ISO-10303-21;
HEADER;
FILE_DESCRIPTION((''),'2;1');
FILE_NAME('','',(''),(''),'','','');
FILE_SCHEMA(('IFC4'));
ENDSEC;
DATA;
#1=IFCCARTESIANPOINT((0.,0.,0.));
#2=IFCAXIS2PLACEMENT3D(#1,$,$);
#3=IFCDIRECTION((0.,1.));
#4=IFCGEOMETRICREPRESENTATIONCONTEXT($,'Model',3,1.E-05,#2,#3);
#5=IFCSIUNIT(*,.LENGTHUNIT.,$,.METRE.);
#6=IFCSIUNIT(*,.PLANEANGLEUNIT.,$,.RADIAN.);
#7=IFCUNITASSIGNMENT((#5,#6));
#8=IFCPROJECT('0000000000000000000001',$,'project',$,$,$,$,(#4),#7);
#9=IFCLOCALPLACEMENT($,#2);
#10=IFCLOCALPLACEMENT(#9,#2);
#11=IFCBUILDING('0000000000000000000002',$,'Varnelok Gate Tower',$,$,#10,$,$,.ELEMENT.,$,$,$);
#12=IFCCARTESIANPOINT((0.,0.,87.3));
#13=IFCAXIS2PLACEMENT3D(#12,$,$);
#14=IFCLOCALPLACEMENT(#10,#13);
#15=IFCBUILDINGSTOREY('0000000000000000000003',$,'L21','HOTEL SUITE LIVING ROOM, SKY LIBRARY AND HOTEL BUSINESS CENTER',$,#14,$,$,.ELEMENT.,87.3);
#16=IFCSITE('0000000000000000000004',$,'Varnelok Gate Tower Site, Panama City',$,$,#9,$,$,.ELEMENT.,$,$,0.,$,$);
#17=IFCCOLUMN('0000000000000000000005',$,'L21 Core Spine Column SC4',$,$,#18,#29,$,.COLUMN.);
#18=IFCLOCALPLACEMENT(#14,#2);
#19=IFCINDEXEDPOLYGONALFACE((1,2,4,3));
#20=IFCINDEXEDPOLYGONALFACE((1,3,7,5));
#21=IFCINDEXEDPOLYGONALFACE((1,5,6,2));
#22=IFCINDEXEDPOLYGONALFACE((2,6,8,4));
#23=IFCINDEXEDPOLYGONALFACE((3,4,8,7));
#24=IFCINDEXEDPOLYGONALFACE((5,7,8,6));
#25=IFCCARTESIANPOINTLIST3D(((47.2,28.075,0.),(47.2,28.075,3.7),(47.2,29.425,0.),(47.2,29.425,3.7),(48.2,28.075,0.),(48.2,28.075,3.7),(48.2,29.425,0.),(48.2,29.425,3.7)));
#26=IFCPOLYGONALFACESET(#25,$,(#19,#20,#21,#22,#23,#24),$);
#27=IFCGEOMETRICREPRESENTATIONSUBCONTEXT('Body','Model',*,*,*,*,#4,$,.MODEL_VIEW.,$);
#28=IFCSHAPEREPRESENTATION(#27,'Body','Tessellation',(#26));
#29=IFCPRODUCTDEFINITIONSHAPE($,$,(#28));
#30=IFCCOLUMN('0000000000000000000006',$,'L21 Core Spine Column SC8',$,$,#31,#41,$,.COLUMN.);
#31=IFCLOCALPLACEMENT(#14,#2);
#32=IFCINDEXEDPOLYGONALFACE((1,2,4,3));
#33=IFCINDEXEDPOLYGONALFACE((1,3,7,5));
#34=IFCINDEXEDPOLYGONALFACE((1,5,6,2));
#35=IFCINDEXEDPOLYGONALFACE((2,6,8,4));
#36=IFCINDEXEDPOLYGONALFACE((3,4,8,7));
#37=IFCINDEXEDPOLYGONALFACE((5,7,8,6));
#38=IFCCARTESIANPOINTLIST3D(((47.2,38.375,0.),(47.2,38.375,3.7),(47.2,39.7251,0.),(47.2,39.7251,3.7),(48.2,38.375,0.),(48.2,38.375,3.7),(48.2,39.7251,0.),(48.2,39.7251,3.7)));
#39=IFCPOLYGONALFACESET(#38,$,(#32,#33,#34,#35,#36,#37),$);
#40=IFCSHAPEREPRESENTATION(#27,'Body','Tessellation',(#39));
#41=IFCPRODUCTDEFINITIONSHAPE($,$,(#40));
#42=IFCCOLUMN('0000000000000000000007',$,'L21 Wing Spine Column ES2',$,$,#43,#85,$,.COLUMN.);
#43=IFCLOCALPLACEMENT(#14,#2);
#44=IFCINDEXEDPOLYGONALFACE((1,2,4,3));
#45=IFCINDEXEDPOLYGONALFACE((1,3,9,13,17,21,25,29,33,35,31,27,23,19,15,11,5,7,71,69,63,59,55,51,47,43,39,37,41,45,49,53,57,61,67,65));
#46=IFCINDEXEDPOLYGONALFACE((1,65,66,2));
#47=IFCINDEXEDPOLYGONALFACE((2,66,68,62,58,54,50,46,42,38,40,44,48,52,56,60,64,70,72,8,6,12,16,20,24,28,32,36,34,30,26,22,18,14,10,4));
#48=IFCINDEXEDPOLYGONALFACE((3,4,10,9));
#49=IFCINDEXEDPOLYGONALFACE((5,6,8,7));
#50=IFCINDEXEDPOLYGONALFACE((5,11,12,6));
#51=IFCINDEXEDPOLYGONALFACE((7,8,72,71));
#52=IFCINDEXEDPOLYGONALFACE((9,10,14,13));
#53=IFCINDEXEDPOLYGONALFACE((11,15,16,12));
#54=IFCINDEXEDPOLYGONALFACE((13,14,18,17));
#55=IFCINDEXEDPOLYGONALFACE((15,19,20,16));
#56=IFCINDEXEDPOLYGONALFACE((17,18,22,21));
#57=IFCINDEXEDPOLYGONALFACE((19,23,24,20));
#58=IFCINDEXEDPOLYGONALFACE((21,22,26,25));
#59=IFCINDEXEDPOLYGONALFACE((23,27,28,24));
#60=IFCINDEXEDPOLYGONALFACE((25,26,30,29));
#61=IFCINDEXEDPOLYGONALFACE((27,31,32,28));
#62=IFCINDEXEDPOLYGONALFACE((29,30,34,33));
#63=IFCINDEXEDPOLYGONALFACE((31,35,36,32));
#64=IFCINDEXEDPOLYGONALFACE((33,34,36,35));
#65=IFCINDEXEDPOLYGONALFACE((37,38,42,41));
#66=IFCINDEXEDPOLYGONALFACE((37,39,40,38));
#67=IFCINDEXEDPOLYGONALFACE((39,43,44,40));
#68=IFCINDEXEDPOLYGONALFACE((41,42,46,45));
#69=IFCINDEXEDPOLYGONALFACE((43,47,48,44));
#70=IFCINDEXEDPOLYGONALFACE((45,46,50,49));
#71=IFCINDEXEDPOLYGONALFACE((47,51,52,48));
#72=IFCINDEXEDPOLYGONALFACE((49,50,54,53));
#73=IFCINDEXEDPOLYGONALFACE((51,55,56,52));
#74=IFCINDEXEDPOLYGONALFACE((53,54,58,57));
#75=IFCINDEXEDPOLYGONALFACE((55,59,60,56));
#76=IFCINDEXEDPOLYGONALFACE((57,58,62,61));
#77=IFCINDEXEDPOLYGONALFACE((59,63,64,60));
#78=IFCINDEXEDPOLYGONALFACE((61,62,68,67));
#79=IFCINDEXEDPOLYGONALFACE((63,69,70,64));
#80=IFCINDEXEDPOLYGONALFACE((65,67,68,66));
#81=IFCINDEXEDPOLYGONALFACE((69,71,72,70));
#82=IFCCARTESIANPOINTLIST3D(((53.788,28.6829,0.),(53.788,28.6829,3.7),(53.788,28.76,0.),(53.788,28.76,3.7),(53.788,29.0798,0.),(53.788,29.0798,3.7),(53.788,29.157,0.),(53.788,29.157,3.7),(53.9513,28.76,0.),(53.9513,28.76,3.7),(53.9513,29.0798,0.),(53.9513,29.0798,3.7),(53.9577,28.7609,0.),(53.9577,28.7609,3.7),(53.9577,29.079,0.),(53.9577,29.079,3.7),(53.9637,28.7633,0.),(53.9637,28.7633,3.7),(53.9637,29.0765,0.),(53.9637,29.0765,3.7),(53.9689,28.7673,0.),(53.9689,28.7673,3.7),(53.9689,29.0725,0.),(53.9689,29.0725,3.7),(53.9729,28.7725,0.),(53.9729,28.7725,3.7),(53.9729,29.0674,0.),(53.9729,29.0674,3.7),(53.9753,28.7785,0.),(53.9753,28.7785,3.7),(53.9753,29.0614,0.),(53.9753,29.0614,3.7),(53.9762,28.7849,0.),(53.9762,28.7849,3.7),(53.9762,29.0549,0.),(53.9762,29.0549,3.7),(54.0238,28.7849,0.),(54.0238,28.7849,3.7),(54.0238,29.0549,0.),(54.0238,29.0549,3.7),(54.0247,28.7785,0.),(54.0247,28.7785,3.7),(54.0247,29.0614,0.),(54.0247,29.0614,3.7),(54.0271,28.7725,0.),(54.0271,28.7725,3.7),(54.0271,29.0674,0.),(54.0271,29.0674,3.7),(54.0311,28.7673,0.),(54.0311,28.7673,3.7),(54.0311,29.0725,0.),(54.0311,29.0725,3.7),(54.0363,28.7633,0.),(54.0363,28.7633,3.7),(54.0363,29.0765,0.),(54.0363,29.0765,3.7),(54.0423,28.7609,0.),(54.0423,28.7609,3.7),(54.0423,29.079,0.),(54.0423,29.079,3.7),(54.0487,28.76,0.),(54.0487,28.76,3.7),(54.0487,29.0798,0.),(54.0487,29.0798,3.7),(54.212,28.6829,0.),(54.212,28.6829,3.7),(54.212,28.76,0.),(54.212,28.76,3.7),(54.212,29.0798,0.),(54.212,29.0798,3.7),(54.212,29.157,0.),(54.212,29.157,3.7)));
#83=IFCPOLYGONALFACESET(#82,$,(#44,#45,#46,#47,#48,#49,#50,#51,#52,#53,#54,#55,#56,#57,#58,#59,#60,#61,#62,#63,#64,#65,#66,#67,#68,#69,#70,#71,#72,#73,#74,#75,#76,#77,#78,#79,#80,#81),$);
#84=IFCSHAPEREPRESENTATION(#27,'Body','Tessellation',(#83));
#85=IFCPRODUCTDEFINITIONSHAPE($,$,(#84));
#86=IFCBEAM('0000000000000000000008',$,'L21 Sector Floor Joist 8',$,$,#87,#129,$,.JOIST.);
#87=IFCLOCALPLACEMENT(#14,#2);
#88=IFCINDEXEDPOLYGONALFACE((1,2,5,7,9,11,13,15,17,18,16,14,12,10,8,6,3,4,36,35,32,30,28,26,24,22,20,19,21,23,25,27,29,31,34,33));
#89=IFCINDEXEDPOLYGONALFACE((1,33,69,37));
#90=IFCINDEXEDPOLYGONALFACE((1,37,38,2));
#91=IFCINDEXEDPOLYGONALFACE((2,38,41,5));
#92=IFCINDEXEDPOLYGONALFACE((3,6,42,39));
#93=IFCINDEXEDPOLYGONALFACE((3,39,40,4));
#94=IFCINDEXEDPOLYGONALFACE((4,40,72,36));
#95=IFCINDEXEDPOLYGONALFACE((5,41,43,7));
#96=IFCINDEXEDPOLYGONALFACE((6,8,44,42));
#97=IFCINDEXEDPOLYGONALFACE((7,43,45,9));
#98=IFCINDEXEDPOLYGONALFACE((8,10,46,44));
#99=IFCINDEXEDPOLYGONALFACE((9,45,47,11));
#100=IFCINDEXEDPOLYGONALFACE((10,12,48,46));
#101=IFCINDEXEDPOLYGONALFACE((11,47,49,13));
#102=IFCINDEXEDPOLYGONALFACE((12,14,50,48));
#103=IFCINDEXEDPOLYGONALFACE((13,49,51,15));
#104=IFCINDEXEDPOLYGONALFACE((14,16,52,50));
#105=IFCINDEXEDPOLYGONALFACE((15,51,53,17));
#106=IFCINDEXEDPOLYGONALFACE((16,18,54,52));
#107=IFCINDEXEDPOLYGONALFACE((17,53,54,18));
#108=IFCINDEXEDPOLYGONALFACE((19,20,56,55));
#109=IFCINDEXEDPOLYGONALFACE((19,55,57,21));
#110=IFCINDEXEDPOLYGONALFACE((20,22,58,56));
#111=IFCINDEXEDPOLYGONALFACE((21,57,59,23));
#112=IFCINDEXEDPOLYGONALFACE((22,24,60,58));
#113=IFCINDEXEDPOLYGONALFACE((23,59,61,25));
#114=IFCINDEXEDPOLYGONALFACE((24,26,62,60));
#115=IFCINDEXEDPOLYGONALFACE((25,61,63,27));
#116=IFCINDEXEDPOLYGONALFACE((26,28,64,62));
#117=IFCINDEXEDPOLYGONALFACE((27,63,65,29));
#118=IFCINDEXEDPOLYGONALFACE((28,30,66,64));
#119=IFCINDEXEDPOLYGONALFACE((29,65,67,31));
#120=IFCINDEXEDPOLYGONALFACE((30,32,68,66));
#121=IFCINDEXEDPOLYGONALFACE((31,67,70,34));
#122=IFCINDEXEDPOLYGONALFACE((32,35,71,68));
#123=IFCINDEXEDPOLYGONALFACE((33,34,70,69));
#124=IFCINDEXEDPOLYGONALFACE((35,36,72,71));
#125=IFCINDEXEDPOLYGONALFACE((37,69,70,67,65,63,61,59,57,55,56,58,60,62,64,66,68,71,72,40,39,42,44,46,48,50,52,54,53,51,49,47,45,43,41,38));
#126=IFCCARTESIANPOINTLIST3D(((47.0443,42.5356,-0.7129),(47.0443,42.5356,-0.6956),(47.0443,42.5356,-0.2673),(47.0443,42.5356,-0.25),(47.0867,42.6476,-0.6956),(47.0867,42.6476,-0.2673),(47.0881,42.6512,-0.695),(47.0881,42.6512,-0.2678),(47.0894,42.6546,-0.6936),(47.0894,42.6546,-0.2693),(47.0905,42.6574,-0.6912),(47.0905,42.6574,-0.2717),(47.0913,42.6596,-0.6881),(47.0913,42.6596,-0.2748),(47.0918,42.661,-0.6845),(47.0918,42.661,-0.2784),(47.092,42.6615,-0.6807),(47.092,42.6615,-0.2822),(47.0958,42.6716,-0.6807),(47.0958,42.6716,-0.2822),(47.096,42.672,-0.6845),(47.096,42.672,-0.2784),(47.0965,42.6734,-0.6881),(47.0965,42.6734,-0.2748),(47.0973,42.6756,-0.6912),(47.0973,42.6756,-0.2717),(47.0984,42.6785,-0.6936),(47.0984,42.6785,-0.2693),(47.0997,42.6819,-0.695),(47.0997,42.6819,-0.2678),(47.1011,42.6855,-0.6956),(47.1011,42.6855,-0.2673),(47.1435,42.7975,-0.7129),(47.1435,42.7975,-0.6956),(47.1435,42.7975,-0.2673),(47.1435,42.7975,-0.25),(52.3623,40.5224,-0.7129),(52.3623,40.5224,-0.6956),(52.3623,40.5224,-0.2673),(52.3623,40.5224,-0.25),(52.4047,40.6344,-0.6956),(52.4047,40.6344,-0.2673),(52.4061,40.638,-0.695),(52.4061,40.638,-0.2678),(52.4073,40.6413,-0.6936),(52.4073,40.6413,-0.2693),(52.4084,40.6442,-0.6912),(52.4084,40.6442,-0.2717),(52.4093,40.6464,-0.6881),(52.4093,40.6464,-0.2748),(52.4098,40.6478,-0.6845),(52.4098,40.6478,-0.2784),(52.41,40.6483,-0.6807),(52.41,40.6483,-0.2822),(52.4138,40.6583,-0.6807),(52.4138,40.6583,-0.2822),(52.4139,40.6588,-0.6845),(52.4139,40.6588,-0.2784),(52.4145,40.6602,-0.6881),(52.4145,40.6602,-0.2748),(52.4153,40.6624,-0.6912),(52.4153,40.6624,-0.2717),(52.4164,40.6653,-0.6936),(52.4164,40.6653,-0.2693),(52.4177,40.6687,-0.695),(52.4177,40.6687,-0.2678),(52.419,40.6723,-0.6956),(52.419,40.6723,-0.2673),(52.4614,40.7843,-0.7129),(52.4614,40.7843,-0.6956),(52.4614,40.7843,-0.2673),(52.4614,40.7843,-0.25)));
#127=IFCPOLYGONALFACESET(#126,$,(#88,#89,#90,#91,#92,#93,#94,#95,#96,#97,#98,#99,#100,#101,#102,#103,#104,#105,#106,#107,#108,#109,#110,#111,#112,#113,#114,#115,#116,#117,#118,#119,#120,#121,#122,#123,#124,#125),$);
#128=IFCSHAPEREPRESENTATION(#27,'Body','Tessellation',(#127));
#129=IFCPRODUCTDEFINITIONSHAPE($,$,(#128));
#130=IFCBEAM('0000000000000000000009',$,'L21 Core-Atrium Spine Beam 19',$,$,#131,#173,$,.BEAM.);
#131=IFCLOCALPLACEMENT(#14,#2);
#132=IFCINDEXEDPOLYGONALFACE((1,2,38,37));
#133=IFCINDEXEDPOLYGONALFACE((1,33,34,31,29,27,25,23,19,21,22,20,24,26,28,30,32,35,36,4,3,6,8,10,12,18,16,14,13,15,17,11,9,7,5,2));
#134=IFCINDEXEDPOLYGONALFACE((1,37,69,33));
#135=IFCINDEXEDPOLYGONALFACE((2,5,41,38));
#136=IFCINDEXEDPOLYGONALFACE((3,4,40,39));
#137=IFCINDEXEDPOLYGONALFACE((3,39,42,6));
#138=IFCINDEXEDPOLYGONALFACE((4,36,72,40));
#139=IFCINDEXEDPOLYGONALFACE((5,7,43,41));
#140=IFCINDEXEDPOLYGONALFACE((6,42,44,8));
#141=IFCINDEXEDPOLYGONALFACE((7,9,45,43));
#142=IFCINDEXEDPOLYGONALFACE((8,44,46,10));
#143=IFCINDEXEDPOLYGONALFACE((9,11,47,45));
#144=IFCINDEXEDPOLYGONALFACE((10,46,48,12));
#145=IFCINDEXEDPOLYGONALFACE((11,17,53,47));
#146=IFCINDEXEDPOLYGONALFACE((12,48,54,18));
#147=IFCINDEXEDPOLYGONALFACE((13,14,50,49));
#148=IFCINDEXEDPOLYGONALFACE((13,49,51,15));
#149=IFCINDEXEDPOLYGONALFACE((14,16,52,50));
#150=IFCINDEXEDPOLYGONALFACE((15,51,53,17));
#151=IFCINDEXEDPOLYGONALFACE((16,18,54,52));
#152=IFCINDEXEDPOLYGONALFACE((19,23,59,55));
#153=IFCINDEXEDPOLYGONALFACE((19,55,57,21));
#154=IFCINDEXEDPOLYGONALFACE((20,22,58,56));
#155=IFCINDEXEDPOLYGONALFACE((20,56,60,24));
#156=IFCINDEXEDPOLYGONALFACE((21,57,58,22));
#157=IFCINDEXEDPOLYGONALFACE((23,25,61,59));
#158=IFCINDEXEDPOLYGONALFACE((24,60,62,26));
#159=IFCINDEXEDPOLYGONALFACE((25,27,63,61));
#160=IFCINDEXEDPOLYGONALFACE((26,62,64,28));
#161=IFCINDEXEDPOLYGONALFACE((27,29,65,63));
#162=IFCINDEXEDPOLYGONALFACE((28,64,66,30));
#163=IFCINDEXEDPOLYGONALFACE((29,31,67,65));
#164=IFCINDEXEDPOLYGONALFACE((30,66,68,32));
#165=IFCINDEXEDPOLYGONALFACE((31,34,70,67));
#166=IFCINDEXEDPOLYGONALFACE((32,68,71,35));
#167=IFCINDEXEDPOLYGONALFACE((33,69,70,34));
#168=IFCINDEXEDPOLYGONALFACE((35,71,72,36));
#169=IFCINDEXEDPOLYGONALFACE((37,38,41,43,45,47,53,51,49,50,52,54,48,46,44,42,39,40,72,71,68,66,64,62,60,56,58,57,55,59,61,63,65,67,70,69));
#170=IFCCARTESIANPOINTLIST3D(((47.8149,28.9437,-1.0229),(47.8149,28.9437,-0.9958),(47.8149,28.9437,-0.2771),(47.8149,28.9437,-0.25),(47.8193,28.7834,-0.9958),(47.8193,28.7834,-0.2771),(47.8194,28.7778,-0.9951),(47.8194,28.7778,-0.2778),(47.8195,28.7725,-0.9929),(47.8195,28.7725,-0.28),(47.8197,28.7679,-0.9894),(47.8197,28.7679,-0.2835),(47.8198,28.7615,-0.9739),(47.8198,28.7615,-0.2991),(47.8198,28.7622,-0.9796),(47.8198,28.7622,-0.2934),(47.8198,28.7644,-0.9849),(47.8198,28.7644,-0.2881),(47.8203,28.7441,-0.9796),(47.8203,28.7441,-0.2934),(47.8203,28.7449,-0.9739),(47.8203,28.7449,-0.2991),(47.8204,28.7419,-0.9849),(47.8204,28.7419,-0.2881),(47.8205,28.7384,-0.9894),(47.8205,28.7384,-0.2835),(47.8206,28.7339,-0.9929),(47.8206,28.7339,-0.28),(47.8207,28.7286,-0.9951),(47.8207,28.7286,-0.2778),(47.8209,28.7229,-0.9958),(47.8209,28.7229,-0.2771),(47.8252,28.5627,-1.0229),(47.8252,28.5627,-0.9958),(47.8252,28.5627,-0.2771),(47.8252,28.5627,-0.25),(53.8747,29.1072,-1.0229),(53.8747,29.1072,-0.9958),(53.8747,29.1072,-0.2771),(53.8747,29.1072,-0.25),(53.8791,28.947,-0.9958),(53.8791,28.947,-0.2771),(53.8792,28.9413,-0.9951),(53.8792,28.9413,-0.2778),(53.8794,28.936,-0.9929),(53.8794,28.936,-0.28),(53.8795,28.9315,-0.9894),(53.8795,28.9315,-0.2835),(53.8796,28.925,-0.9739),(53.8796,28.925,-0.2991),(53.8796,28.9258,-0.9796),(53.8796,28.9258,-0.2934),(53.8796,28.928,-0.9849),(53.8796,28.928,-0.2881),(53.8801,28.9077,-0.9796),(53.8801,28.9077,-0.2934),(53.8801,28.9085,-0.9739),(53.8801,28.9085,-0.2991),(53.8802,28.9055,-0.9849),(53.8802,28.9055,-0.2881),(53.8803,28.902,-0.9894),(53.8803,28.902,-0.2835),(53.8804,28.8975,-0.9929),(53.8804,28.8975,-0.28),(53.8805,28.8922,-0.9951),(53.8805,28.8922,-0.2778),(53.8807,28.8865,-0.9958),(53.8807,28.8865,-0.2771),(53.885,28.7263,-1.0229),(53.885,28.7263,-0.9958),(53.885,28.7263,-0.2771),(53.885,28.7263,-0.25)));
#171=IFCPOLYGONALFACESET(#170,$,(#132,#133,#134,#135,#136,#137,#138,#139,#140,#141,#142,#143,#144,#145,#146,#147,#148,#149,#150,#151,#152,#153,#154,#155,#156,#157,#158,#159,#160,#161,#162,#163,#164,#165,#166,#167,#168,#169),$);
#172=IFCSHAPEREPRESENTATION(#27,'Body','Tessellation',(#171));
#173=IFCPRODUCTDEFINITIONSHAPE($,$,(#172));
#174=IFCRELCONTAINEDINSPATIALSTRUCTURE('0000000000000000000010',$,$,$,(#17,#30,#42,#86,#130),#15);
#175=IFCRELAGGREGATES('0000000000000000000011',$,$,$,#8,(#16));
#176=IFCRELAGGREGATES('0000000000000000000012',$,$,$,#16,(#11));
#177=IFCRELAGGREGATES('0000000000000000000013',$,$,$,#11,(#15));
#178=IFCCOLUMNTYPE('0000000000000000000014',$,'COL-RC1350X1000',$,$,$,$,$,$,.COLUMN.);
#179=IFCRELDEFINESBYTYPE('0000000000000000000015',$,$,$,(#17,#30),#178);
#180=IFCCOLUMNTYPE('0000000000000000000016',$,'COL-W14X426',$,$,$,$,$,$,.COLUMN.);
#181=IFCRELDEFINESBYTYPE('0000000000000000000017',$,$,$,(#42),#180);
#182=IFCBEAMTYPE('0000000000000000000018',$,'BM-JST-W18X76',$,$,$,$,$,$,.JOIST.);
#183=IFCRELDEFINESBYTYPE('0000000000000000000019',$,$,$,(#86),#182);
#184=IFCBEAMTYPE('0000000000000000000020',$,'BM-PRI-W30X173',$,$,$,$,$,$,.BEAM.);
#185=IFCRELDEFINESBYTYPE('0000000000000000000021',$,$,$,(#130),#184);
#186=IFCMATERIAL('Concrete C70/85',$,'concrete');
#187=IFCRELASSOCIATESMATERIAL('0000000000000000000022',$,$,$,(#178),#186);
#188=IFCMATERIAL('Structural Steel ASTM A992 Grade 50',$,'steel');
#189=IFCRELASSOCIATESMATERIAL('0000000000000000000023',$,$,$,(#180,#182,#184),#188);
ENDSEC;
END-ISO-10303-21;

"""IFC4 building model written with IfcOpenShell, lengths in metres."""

from ifc_helpers import new_model, si_unit, direction, frame, origin, origin_2d, place, context, subcontext, project, spatial, rectangle, i_section, extrude, material, material_profile, profile_set, type_object, element, save


model = new_model("IFC4")

# Units and contexts
model_context = context("Model", 3, precision=1e-05, world=origin(), true_north=direction((0.0, 1.0)))
body_context = subcontext(model_context, "Body", "Model", "MODEL_VIEW")
ifc_project = project(units=[si_unit("LENGTHUNIT", "METRE"), si_unit("PLANEANGLEUNIT", "RADIAN")], contexts=[model_context])

# Site, building, storey
site_placement = place(None, origin())
site = spatial("IfcSite", under=ifc_project, at=site_placement, Name="Varnelok Gate Tower Site, Panama City", CompositionType="ELEMENT", RefElevation=0.0)
building_placement = place(site_placement, origin())
building = spatial("IfcBuilding", under=site, at=building_placement, Name="Varnelok Gate Tower", CompositionType="ELEMENT")
storey_placement = place(building_placement, frame((0.0, 0.0, 87.3)))
storey = spatial("IfcBuildingStorey", under=building, at=storey_placement, Name="L21", Description="HOTEL SUITE LIVING ROOM, SKY LIBRARY AND HOTEL BUSINESS CENTER", CompositionType="ELEMENT", Elevation=87.3)

# Columns
ifc_material_1 = material(Name="Concrete C70/85", Category="concrete")
ifc_material_profile_1 = material_profile(ifc_material_1, rectangle(XDim=1.0, YDim=1.3501, at=origin_2d()), Name="RC1350X1000")
ifc_profile_set_1 = profile_set([ifc_material_profile_1], Name="Concrete C70/85")
column_type_1 = type_object("IfcColumnType", Name="COL-RC1350X1000", PredefinedType="COLUMN", material=ifc_profile_set_1)
for number, where, z_axis, x_axis, name in (
    (1, (47.7, 28.75, 0.0), (0.0, 0.0, 1.0), (1.0, 0.0, 0.0), "L21 Core Spine Column SC4"),
    (2, (47.7, 39.05, 0.0), (0.0, 0.0, 1.0), (1.0, 0.0, 0.0), "L21 Core Spine Column SC8"),
):
    element("IfcColumn", number, at=place(storey_placement, frame(where, z_axis=z_axis, x_axis=x_axis)), inside=storey, type_object=column_type_1, Name=name, PredefinedType="COLUMN", context=body_context, shape_type="SweptSolid", body=[
        extrude(rectangle(XDim=1.0, YDim=1.3501, at=origin_2d()), origin(), (0.0, 0.0, 1.0), 3.7),
    ])
ifc_material_2 = material(Name="Structural Steel ASTM A992 Grade 50", Category="steel")
ifc_material_profile_2 = material_profile(ifc_material_2, i_section(OverallWidth=0.4241, OverallDepth=0.4741, WebThickness=0.0476, FlangeThickness=0.0771, FilletRadius=0.0249, at=origin_2d()), Name="W14X426")
ifc_profile_set_2 = profile_set([ifc_material_profile_2], Name="Structural Steel ASTM A992 Grade 50")
column_type_2 = type_object("IfcColumnType", Name="COL-W14X426", PredefinedType="COLUMN", material=ifc_profile_set_2)
column_placement = place(storey_placement, frame((54.0, 28.9199, 0.0), z_axis=(0.0, 0.0, 1.0), x_axis=(1.0, 0.0, 0.0)))
element("IfcColumn", 3, at=column_placement, inside=storey, type_object=column_type_2, Name="L21 Wing Spine Column ES2", PredefinedType="COLUMN", context=body_context, shape_type="SweptSolid", body=[
    extrude(i_section(OverallWidth=0.4241, OverallDepth=0.4741, WebThickness=0.0476, FlangeThickness=0.0771, FilletRadius=0.0249, at=origin_2d()), origin(), (0.0, 0.0, 1.0), 3.7),
])

# Beams
ifc_material_profile_3 = material_profile(ifc_material_2, i_section(OverallWidth=0.28, OverallDepth=0.4629, WebThickness=0.0107, FlangeThickness=0.0173, FilletRadius=0.0149, at=origin_2d()), Name="W18X76")
ifc_profile_set_3 = profile_set([ifc_material_profile_3], Name="Structural Steel ASTM A992 Grade 50")
beam_type_1 = type_object("IfcBeamType", Name="BM-JST-W18X76", PredefinedType="JOIST", material=ifc_profile_set_3)
beam_1_placement = place(storey_placement, frame((52.4119, 40.6533, -0.4814), z_axis=(-0.935227, 0.354048, 0.0), x_axis=(-0.354048, -0.935227, 0.0)))
element("IfcBeam", 4, at=beam_1_placement, inside=storey, type_object=beam_type_1, Name="L21 Sector Floor Joist 8", PredefinedType="JOIST", context=body_context, shape_type="SweptSolid", body=[
    extrude(i_section(OverallWidth=0.28, OverallDepth=0.4629, WebThickness=0.0107, FlangeThickness=0.0173, FilletRadius=0.0149, at=origin_2d()), origin(), (0.0, 0.0, 1.0), 5.6863),
])
ifc_material_profile_4 = material_profile(ifc_material_2, i_section(OverallWidth=0.3811, OverallDepth=0.7729, WebThickness=0.0166, FlangeThickness=0.0271, FilletRadius=0.022, at=origin_2d()), Name="W30X173")
ifc_profile_set_4 = profile_set([ifc_material_profile_4], Name="Structural Steel ASTM A992 Grade 50")
beam_type_2 = type_object("IfcBeamType", Name="BM-PRI-W30X173", PredefinedType="BEAM", material=ifc_profile_set_4)
beam_2_placement = place(storey_placement, frame((47.8201, 28.7532, -0.6365), z_axis=(0.999636, 0.026983, 0.0), x_axis=(-0.026983, 0.999636, 0.0)))
element("IfcBeam", 5, at=beam_2_placement, inside=storey, type_object=beam_type_2, Name="L21 Core-Atrium Spine Beam 19", PredefinedType="BEAM", context=body_context, shape_type="SweptSolid", body=[
    extrude(i_section(OverallWidth=0.3811, OverallDepth=0.7729, WebThickness=0.0166, FlangeThickness=0.0271, FilletRadius=0.022, at=origin_2d()), origin(), (0.0, 0.0, 1.0), 6.062),
])

save(model, "model.ifc")
